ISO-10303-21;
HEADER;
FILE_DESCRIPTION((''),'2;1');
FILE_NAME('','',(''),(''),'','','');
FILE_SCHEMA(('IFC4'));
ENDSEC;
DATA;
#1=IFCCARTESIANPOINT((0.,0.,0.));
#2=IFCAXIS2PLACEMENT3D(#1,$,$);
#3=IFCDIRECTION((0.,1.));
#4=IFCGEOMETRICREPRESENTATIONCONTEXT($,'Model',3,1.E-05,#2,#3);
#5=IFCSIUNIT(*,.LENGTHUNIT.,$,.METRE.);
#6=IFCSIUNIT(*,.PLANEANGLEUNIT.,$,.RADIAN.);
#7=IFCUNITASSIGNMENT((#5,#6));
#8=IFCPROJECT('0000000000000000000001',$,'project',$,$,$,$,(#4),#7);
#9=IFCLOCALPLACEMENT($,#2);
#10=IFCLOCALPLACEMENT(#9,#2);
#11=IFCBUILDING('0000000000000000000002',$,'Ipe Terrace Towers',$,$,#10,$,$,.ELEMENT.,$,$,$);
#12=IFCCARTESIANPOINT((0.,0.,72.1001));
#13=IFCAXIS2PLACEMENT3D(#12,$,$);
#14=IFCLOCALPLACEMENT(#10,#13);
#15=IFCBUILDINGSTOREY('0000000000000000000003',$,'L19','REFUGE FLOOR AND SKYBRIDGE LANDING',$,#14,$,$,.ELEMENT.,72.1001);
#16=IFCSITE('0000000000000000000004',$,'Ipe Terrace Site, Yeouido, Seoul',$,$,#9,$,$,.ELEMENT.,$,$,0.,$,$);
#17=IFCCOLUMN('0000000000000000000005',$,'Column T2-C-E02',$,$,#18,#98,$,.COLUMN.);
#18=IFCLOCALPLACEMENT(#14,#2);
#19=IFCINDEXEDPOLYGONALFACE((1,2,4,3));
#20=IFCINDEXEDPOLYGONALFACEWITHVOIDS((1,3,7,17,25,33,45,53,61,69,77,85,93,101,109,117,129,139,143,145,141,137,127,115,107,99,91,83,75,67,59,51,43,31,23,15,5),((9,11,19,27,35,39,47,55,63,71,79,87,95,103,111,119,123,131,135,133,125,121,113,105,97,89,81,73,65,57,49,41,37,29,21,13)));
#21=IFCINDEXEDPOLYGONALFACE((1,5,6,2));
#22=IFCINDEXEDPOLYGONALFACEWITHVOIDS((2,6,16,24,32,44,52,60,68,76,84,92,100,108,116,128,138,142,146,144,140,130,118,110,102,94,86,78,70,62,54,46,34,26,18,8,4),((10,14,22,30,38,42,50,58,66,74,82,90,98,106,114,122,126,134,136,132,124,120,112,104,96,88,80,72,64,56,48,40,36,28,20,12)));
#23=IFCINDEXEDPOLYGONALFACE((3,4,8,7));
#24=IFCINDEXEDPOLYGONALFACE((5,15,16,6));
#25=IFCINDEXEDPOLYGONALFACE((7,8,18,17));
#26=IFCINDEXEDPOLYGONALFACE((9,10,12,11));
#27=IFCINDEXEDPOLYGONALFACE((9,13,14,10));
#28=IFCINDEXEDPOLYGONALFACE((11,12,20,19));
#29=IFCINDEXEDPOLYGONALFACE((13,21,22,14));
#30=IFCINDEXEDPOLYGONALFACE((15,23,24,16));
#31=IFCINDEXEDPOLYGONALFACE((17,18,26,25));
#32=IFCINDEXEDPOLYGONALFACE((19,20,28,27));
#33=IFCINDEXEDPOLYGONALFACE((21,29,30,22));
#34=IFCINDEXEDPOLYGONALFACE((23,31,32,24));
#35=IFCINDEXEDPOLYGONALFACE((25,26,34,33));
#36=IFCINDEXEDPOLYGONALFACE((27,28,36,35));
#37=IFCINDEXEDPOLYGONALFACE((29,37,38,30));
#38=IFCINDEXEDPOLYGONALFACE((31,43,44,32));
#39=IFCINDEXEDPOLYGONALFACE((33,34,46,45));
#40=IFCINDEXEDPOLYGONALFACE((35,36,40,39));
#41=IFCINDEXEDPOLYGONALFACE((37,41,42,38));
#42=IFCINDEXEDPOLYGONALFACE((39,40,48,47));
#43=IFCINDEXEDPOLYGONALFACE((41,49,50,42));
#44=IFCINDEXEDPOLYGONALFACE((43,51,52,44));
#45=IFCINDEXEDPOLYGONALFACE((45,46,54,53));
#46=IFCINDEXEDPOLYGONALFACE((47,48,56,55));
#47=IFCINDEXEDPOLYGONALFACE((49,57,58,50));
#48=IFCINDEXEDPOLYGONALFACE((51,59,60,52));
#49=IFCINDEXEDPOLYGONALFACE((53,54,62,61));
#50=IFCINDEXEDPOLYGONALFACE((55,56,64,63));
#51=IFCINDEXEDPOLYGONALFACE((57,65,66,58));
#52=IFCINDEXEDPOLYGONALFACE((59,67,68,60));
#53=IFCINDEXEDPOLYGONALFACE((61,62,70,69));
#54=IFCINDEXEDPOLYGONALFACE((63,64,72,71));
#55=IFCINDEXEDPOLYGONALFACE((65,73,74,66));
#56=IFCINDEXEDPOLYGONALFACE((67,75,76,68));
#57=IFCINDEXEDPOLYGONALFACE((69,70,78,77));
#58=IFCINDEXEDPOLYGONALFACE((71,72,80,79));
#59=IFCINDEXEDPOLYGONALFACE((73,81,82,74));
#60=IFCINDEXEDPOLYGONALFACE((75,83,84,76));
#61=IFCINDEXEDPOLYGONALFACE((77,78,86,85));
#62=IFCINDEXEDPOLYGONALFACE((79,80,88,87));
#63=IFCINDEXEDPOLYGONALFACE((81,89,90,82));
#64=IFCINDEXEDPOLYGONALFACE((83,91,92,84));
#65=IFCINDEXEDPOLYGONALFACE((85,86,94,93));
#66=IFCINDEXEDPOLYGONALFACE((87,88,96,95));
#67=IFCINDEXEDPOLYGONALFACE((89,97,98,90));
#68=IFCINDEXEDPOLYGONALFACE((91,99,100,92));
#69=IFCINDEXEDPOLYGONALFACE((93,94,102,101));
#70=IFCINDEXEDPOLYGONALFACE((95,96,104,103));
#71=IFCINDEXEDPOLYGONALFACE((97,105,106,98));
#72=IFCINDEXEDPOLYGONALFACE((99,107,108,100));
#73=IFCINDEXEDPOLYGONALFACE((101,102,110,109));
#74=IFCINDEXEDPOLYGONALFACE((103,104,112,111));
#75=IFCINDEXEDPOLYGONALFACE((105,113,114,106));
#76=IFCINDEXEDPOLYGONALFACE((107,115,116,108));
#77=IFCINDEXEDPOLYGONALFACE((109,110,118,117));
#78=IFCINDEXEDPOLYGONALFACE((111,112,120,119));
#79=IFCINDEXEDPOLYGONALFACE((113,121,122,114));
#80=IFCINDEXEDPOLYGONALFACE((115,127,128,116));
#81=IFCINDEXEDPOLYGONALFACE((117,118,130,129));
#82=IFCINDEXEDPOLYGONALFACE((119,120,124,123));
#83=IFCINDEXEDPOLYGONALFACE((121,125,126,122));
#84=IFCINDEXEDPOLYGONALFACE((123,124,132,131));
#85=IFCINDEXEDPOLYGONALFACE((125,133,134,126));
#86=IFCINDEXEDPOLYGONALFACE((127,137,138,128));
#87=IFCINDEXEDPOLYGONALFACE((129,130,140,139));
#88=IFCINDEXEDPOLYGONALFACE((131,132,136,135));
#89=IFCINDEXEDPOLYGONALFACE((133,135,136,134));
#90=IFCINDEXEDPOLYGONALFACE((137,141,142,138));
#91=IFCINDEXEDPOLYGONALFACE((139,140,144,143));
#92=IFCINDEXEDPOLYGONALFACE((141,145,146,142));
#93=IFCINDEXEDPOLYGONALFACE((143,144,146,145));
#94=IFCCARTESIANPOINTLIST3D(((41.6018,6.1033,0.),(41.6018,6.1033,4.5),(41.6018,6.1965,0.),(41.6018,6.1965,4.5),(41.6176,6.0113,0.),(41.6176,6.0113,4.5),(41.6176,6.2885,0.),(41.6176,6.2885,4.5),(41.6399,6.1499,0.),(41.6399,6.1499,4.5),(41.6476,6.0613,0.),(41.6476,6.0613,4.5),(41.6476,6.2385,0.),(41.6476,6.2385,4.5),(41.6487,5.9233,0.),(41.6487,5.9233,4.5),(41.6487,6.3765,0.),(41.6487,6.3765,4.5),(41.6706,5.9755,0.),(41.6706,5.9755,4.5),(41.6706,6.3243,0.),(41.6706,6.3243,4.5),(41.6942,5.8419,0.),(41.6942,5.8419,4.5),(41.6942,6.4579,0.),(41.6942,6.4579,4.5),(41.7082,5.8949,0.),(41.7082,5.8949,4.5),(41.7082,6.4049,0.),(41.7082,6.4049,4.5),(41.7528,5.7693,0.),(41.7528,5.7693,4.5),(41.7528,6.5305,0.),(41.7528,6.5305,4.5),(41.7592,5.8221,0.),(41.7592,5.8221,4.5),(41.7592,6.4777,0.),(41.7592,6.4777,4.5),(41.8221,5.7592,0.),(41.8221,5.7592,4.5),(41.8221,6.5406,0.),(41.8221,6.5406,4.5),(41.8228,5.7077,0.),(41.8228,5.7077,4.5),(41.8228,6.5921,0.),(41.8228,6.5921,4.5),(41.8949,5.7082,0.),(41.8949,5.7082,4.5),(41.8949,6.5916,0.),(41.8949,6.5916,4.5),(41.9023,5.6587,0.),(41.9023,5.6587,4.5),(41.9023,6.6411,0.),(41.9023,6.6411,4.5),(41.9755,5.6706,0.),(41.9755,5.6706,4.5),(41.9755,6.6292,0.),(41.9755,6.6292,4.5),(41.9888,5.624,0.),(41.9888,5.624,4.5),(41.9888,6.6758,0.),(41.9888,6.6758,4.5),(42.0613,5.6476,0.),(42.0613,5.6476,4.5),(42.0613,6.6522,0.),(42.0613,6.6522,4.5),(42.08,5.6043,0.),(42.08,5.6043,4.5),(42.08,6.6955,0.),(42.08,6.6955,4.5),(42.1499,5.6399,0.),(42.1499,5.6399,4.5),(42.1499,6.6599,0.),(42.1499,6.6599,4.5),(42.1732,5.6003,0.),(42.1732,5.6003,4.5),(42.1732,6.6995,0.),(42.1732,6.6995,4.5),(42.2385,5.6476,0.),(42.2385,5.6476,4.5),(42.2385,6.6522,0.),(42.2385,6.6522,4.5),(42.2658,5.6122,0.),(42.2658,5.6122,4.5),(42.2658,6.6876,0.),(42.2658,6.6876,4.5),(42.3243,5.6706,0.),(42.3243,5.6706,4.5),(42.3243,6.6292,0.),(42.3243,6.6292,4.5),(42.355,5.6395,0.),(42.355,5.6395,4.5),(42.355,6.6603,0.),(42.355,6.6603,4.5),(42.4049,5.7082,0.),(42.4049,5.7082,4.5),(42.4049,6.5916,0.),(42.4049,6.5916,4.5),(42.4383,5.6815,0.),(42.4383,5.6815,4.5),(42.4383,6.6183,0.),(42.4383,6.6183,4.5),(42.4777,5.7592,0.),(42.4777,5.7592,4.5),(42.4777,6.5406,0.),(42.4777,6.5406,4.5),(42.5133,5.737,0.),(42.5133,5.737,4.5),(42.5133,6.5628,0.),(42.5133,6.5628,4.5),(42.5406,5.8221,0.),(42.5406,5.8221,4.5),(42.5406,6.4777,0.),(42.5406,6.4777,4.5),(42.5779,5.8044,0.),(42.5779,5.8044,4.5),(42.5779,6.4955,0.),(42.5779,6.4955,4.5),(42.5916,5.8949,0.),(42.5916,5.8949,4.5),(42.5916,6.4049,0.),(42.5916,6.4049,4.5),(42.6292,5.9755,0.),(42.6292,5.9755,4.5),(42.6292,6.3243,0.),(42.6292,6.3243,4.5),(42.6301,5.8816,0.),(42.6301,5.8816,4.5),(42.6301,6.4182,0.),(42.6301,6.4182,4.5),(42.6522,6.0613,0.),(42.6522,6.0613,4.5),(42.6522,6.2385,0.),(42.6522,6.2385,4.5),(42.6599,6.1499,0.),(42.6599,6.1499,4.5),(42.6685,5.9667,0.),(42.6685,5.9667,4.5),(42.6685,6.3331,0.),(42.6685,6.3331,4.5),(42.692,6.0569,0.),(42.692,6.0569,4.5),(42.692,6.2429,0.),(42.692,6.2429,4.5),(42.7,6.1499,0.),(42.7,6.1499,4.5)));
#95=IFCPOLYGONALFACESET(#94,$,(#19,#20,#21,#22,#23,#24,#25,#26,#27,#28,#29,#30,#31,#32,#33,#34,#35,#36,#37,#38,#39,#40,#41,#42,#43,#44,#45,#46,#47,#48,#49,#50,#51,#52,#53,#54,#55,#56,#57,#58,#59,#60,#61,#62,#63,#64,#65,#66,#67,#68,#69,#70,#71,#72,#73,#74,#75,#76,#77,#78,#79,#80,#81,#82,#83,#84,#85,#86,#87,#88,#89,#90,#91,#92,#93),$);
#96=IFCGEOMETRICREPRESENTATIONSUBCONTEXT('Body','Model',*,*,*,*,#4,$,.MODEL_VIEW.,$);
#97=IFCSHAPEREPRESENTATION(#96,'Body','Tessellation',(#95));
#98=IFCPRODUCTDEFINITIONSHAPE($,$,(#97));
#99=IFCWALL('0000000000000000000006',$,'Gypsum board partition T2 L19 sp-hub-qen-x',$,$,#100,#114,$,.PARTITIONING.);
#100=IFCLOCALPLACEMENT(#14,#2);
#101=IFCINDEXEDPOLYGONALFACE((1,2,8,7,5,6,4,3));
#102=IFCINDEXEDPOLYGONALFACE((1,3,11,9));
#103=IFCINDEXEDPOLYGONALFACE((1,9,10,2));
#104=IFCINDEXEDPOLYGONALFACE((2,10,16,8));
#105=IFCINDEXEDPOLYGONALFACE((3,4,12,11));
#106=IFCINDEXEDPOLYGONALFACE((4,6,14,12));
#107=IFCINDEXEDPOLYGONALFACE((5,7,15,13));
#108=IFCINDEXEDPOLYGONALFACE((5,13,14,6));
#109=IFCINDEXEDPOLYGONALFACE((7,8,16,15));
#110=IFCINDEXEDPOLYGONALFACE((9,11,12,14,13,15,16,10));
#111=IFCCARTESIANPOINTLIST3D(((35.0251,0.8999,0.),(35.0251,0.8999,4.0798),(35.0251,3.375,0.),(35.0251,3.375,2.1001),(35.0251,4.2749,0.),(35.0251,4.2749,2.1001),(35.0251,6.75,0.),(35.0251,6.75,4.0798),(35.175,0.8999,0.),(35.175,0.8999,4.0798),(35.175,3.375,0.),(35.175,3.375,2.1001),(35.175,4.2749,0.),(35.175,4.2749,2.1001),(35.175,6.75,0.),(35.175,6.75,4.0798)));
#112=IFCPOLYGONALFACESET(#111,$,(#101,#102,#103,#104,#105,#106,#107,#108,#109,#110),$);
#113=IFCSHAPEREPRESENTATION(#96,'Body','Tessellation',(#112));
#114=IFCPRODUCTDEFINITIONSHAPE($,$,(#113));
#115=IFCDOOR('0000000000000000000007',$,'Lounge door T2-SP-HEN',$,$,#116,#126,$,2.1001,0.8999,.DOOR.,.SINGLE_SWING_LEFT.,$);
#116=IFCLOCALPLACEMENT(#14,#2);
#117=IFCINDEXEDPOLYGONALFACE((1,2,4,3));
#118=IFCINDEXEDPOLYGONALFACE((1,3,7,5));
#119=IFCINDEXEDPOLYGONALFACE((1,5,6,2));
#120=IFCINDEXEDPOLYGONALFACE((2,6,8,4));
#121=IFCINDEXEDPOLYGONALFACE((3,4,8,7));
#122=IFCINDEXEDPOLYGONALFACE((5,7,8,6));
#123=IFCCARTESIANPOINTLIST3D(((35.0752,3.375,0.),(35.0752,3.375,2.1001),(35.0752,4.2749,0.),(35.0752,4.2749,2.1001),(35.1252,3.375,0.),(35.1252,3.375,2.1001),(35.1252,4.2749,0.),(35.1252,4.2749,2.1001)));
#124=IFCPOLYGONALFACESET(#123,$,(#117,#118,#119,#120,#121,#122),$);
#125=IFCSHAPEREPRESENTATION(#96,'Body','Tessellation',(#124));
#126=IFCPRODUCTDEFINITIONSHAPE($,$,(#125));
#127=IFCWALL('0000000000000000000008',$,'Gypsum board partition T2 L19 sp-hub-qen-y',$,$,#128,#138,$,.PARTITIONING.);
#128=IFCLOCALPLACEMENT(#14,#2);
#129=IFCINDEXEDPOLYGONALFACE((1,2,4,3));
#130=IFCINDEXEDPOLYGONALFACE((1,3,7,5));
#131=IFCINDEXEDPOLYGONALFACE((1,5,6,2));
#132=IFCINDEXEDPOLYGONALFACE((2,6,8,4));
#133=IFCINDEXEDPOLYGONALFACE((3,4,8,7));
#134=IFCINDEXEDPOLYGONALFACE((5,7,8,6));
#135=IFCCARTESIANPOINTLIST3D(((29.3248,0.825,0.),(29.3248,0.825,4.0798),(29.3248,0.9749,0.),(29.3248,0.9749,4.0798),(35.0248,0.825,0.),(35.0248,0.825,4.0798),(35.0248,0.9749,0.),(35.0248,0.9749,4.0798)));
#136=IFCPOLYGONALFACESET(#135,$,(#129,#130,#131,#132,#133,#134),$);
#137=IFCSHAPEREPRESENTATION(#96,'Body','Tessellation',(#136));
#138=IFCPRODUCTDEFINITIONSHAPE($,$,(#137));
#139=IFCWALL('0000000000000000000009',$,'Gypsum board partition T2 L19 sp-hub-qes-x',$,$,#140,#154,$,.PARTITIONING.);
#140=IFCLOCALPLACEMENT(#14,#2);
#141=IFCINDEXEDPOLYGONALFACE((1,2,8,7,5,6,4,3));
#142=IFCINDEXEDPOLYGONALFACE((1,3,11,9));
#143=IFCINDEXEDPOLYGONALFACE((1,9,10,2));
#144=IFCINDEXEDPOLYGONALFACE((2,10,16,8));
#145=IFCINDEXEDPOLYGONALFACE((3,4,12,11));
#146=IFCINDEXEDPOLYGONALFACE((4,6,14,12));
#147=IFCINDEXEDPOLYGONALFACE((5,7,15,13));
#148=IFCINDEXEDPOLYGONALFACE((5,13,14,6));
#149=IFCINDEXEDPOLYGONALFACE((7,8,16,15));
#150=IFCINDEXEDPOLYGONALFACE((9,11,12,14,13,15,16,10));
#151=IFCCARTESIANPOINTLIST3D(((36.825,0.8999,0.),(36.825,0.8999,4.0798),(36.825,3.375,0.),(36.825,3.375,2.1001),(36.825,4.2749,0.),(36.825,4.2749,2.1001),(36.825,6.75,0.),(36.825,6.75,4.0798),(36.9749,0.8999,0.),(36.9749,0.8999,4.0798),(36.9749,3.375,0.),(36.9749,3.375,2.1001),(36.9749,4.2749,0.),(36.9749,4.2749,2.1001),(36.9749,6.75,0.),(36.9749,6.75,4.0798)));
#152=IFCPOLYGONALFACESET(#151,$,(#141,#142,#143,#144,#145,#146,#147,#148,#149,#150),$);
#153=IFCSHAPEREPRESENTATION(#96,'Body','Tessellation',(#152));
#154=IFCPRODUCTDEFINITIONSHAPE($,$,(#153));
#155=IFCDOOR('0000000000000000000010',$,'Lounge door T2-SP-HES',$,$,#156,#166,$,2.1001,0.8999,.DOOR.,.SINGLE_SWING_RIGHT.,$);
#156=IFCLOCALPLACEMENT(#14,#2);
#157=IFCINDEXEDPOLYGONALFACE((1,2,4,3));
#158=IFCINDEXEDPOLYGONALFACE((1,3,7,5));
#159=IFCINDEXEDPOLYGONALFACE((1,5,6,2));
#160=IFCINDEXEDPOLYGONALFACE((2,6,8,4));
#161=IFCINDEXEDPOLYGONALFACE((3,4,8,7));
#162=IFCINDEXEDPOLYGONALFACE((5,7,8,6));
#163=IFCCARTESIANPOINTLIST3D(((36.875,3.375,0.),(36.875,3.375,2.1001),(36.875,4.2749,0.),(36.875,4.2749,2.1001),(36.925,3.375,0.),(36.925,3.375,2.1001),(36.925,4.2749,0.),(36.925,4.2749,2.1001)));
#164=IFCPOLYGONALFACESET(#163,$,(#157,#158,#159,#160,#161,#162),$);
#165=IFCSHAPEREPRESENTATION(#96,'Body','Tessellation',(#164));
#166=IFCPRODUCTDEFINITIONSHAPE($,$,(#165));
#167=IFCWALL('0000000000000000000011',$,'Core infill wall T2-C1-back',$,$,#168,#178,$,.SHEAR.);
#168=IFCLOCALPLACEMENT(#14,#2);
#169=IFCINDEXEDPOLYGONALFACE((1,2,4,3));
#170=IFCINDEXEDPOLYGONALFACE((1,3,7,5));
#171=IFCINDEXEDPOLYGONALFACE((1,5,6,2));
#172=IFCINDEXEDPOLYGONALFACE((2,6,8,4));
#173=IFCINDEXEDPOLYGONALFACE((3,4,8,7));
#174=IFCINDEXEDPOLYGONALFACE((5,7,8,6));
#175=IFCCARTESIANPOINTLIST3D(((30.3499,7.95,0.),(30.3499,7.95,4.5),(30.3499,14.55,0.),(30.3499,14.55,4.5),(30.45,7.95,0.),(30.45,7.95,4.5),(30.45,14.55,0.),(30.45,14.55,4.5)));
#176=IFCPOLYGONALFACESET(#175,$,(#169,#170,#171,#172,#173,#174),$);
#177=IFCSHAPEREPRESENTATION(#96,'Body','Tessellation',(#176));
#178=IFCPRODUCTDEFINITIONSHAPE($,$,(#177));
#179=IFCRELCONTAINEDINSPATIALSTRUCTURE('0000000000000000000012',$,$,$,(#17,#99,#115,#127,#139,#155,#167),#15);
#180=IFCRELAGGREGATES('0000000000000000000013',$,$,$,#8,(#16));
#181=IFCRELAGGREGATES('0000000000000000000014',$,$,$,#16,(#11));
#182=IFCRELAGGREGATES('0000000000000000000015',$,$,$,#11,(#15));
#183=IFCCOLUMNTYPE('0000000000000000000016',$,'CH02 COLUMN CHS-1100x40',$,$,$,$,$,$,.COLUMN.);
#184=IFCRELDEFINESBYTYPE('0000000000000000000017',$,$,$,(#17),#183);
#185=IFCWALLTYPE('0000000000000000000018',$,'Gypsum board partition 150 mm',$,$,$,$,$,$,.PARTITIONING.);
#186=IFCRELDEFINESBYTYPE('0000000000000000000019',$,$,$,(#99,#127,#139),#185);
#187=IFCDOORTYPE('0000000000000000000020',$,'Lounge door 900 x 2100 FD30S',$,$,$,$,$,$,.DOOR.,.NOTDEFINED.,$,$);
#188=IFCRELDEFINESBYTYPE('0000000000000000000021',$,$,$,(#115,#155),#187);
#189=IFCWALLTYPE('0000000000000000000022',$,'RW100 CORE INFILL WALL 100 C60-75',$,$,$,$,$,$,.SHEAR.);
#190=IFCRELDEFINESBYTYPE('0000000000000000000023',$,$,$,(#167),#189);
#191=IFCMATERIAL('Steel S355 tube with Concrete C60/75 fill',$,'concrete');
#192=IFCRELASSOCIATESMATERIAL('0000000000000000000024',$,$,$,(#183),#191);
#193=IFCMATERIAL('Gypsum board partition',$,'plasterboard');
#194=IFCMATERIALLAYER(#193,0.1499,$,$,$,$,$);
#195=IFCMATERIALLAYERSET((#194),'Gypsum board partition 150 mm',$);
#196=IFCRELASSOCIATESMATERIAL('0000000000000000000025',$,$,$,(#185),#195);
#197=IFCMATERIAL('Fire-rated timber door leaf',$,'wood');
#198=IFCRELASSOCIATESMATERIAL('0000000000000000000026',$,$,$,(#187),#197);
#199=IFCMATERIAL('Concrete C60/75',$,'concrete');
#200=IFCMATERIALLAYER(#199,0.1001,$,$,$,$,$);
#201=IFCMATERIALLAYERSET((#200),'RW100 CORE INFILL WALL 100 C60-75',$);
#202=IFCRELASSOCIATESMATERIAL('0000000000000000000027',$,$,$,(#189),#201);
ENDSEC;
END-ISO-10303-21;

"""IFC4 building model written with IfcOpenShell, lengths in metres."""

from ifc_helpers import new_model, si_unit, direction, frame, frame_2d, origin, origin_2d, place, context, subcontext, project, spatial, rectangle, hollow_circle, extrude, material, layer, layer_set, material_profile, profile_set, type_object, element, fill, save


model = new_model("IFC4")

# Units and contexts
model_context = context("Model", 3, precision=1e-05, world=origin(), true_north=direction((0.0, 1.0)))
body_context = subcontext(model_context, "Body", "Model", "MODEL_VIEW")
ifc_project = project(units=[si_unit("LENGTHUNIT", "METRE"), si_unit("PLANEANGLEUNIT", "RADIAN")], contexts=[model_context])

# Site, building, storey
site_placement = place(None, origin())
site = spatial("IfcSite", under=ifc_project, at=site_placement, Name="Ipe Terrace Site, Yeouido, Seoul", CompositionType="ELEMENT", RefElevation=0.0)
building_placement = place(site_placement, origin())
building = spatial("IfcBuilding", under=site, at=building_placement, Name="Ipe Terrace Towers", CompositionType="ELEMENT")
storey_placement = place(building_placement, frame((0.0, 0.0, 72.1001)))
storey = spatial("IfcBuildingStorey", under=building, at=storey_placement, Name="L19", Description="REFUGE FLOOR AND SKYBRIDGE LANDING", CompositionType="ELEMENT", Elevation=72.1001)

# Column
ifc_material_1 = material(Name="Steel S355 tube with Concrete C60/75 fill", Category="concrete")
ifc_material_profile = material_profile(ifc_material_1, hollow_circle(Radius=0.55, WallThickness=0.04, at=origin_2d()), Name="CHS-1100x40")
ifc_profile_set = profile_set([ifc_material_profile], Name="Steel S355 tube with Concrete C60/75 fill")
column_type = type_object("IfcColumnType", Name="CH02 COLUMN CHS-1100x40", PredefinedType="COLUMN", material=ifc_profile_set)
column_placement = place(storey_placement, frame((42.1499, 6.1499, 0.0), z_axis=(0.0, 0.0, 1.0), x_axis=(1.0, 0.0, 0.0)))
element("IfcColumn", 1, at=column_placement, inside=storey, type_object=column_type, Name="Column T2-C-E02", PredefinedType="COLUMN", context=body_context, shape_type="SweptSolid", body=[
    extrude(hollow_circle(Radius=0.55, WallThickness=0.04, at=origin_2d()), origin(), (0.0, 0.0, 1.0), 4.5),
])

# Wall, opening, door
ifc_material_2 = material(Name="Gypsum board partition", Category="plasterboard")
ifc_layer_1 = layer(ifc_material_2, 0.1499)
ifc_layer_set_1 = layer_set([ifc_layer_1], Name="Gypsum board partition 150 mm")
wall_type_1 = type_object("IfcWallType", Name="Gypsum board partition 150 mm", PredefinedType="PARTITIONING", material=ifc_layer_set_1)
wall_1_placement = place(storey_placement, frame((35.1001, 0.8999, 0.0), z_axis=(0.0, 0.0, 1.0), x_axis=(0.0, 1.0, 0.0)))
wall_1 = element("IfcWall", 2, at=wall_1_placement, inside=storey, type_object=wall_type_1, Name="Gypsum board partition T2 L19 sp-hub-qen-x", PredefinedType="PARTITIONING", context=body_context, shape_type="SweptSolid", body=[
    extrude(rectangle(XDim=5.8501, YDim=0.1499, at=frame_2d((2.925, 0.0))), origin(), (0.0, 0.0, 1.0), 4.0798),
])
opening_1_placement = place(wall_1_placement, frame((2.4751, 0.0, 0.0)))
opening_1 = element("IfcOpeningElement", 3, at=opening_1_placement, cuts=wall_1, PredefinedType="OPENING", context=body_context, shape_type="SweptSolid", body=[
    extrude(rectangle(XDim=0.8999, YDim=2.1001, at=frame_2d((0.45, 1.05))), frame((0.0, 0.085, 0.0), z_axis=(0.0, -1.0, 0.0), x_axis=(1.0, 0.0, 0.0)), (0.0, 0.0, 1.0), 0.1699),
])
ifc_material_3 = material(Name="Fire-rated timber door leaf", Category="wood")
door_type_1 = type_object("IfcDoorType", Name="Lounge door 900 x 2100 FD30S", OperationType="NOTDEFINED", PredefinedType="DOOR", material=ifc_material_3)
door_1_placement = place(opening_1_placement, origin())
door_1 = element("IfcDoor", 4, at=door_1_placement, inside=storey, type_object=door_type_1, Name="Lounge door T2-SP-HEN", OperationType="SINGLE_SWING_LEFT", OverallHeight=2.1001, OverallWidth=0.8999, PredefinedType="DOOR", context=body_context, shape_type="SweptSolid", body=[
    extrude(rectangle(XDim=0.8999, YDim=2.1001, at=frame_2d((0.45, 1.05))), frame((0.0, 0.0249, 0.0), z_axis=(0.0, -1.0, 0.0), x_axis=(1.0, 0.0, 0.0)), (0.0, 0.0, 1.0), 0.05),
])
fill(opening_1, door_1)

# Wall
wall_2_placement = place(storey_placement, frame((35.0249, 0.8999, 0.0), z_axis=(0.0, 0.0, 1.0), x_axis=(-1.0, 0.0, 0.0)))
element("IfcWall", 5, at=wall_2_placement, inside=storey, type_object=wall_type_1, Name="Gypsum board partition T2 L19 sp-hub-qen-y", PredefinedType="PARTITIONING", context=body_context, shape_type="SweptSolid", body=[
    extrude(rectangle(XDim=5.7, YDim=0.1499, at=frame_2d((2.8501, 0.0))), origin(), (0.0, 0.0, 1.0), 4.0798),
])

# Wall, opening, door
wall_3_placement = place(storey_placement, frame((36.8999, 0.8999, 0.0), z_axis=(0.0, 0.0, 1.0), x_axis=(0.0, 1.0, 0.0)))
wall_3 = element("IfcWall", 6, at=wall_3_placement, inside=storey, type_object=wall_type_1, Name="Gypsum board partition T2 L19 sp-hub-qes-x", PredefinedType="PARTITIONING", context=body_context, shape_type="SweptSolid", body=[
    extrude(rectangle(XDim=5.8501, YDim=0.1499, at=frame_2d((2.925, 0.0))), origin(), (0.0, 0.0, 1.0), 4.0798),
])
opening_2_placement = place(wall_3_placement, frame((2.4751, 0.0, 0.0)))
opening_2 = element("IfcOpeningElement", 7, at=opening_2_placement, cuts=wall_3, PredefinedType="OPENING", context=body_context, shape_type="SweptSolid", body=[
    extrude(rectangle(XDim=0.8999, YDim=2.1001, at=frame_2d((0.45, 1.05))), frame((0.0, 0.085, 0.0), z_axis=(0.0, -1.0, 0.0), x_axis=(1.0, 0.0, 0.0)), (0.0, 0.0, 1.0), 0.1699),
])
door_2_placement = place(opening_2_placement, origin())
door_2 = element("IfcDoor", 8, at=door_2_placement, inside=storey, type_object=door_type_1, Name="Lounge door T2-SP-HES", OperationType="SINGLE_SWING_RIGHT", OverallHeight=2.1001, OverallWidth=0.8999, PredefinedType="DOOR", context=body_context, shape_type="SweptSolid", body=[
    extrude(rectangle(XDim=0.8999, YDim=2.1001, at=frame_2d((0.45, 1.05))), frame((0.0, 0.0249, 0.0), z_axis=(0.0, -1.0, 0.0), x_axis=(1.0, 0.0, 0.0)), (0.0, 0.0, 1.0), 0.05),
])
fill(opening_2, door_2)

# Wall
ifc_material_4 = material(Name="Concrete C60/75", Category="concrete")
ifc_layer_2 = layer(ifc_material_4, 0.1001)
ifc_layer_set_2 = layer_set([ifc_layer_2], Name="RW100 CORE INFILL WALL 100 C60-75")
wall_type_2 = type_object("IfcWallType", Name="RW100 CORE INFILL WALL 100 C60-75", PredefinedType="SHEAR", material=ifc_layer_set_2)
wall_4_placement = place(storey_placement, frame((30.3999, 7.95, 0.0), z_axis=(0.0, 0.0, 1.0), x_axis=(0.0, 1.0, 0.0)))
element("IfcWall", 9, at=wall_4_placement, inside=storey, type_object=wall_type_2, Name="Core infill wall T2-C1-back", PredefinedType="SHEAR", context=body_context, shape_type="SweptSolid", body=[
    extrude(rectangle(XDim=6.6001, YDim=0.1001, at=frame_2d((3.3, 0.0))), origin(), (0.0, 0.0, 1.0), 4.5),
])

save(model, "model.ifc")
